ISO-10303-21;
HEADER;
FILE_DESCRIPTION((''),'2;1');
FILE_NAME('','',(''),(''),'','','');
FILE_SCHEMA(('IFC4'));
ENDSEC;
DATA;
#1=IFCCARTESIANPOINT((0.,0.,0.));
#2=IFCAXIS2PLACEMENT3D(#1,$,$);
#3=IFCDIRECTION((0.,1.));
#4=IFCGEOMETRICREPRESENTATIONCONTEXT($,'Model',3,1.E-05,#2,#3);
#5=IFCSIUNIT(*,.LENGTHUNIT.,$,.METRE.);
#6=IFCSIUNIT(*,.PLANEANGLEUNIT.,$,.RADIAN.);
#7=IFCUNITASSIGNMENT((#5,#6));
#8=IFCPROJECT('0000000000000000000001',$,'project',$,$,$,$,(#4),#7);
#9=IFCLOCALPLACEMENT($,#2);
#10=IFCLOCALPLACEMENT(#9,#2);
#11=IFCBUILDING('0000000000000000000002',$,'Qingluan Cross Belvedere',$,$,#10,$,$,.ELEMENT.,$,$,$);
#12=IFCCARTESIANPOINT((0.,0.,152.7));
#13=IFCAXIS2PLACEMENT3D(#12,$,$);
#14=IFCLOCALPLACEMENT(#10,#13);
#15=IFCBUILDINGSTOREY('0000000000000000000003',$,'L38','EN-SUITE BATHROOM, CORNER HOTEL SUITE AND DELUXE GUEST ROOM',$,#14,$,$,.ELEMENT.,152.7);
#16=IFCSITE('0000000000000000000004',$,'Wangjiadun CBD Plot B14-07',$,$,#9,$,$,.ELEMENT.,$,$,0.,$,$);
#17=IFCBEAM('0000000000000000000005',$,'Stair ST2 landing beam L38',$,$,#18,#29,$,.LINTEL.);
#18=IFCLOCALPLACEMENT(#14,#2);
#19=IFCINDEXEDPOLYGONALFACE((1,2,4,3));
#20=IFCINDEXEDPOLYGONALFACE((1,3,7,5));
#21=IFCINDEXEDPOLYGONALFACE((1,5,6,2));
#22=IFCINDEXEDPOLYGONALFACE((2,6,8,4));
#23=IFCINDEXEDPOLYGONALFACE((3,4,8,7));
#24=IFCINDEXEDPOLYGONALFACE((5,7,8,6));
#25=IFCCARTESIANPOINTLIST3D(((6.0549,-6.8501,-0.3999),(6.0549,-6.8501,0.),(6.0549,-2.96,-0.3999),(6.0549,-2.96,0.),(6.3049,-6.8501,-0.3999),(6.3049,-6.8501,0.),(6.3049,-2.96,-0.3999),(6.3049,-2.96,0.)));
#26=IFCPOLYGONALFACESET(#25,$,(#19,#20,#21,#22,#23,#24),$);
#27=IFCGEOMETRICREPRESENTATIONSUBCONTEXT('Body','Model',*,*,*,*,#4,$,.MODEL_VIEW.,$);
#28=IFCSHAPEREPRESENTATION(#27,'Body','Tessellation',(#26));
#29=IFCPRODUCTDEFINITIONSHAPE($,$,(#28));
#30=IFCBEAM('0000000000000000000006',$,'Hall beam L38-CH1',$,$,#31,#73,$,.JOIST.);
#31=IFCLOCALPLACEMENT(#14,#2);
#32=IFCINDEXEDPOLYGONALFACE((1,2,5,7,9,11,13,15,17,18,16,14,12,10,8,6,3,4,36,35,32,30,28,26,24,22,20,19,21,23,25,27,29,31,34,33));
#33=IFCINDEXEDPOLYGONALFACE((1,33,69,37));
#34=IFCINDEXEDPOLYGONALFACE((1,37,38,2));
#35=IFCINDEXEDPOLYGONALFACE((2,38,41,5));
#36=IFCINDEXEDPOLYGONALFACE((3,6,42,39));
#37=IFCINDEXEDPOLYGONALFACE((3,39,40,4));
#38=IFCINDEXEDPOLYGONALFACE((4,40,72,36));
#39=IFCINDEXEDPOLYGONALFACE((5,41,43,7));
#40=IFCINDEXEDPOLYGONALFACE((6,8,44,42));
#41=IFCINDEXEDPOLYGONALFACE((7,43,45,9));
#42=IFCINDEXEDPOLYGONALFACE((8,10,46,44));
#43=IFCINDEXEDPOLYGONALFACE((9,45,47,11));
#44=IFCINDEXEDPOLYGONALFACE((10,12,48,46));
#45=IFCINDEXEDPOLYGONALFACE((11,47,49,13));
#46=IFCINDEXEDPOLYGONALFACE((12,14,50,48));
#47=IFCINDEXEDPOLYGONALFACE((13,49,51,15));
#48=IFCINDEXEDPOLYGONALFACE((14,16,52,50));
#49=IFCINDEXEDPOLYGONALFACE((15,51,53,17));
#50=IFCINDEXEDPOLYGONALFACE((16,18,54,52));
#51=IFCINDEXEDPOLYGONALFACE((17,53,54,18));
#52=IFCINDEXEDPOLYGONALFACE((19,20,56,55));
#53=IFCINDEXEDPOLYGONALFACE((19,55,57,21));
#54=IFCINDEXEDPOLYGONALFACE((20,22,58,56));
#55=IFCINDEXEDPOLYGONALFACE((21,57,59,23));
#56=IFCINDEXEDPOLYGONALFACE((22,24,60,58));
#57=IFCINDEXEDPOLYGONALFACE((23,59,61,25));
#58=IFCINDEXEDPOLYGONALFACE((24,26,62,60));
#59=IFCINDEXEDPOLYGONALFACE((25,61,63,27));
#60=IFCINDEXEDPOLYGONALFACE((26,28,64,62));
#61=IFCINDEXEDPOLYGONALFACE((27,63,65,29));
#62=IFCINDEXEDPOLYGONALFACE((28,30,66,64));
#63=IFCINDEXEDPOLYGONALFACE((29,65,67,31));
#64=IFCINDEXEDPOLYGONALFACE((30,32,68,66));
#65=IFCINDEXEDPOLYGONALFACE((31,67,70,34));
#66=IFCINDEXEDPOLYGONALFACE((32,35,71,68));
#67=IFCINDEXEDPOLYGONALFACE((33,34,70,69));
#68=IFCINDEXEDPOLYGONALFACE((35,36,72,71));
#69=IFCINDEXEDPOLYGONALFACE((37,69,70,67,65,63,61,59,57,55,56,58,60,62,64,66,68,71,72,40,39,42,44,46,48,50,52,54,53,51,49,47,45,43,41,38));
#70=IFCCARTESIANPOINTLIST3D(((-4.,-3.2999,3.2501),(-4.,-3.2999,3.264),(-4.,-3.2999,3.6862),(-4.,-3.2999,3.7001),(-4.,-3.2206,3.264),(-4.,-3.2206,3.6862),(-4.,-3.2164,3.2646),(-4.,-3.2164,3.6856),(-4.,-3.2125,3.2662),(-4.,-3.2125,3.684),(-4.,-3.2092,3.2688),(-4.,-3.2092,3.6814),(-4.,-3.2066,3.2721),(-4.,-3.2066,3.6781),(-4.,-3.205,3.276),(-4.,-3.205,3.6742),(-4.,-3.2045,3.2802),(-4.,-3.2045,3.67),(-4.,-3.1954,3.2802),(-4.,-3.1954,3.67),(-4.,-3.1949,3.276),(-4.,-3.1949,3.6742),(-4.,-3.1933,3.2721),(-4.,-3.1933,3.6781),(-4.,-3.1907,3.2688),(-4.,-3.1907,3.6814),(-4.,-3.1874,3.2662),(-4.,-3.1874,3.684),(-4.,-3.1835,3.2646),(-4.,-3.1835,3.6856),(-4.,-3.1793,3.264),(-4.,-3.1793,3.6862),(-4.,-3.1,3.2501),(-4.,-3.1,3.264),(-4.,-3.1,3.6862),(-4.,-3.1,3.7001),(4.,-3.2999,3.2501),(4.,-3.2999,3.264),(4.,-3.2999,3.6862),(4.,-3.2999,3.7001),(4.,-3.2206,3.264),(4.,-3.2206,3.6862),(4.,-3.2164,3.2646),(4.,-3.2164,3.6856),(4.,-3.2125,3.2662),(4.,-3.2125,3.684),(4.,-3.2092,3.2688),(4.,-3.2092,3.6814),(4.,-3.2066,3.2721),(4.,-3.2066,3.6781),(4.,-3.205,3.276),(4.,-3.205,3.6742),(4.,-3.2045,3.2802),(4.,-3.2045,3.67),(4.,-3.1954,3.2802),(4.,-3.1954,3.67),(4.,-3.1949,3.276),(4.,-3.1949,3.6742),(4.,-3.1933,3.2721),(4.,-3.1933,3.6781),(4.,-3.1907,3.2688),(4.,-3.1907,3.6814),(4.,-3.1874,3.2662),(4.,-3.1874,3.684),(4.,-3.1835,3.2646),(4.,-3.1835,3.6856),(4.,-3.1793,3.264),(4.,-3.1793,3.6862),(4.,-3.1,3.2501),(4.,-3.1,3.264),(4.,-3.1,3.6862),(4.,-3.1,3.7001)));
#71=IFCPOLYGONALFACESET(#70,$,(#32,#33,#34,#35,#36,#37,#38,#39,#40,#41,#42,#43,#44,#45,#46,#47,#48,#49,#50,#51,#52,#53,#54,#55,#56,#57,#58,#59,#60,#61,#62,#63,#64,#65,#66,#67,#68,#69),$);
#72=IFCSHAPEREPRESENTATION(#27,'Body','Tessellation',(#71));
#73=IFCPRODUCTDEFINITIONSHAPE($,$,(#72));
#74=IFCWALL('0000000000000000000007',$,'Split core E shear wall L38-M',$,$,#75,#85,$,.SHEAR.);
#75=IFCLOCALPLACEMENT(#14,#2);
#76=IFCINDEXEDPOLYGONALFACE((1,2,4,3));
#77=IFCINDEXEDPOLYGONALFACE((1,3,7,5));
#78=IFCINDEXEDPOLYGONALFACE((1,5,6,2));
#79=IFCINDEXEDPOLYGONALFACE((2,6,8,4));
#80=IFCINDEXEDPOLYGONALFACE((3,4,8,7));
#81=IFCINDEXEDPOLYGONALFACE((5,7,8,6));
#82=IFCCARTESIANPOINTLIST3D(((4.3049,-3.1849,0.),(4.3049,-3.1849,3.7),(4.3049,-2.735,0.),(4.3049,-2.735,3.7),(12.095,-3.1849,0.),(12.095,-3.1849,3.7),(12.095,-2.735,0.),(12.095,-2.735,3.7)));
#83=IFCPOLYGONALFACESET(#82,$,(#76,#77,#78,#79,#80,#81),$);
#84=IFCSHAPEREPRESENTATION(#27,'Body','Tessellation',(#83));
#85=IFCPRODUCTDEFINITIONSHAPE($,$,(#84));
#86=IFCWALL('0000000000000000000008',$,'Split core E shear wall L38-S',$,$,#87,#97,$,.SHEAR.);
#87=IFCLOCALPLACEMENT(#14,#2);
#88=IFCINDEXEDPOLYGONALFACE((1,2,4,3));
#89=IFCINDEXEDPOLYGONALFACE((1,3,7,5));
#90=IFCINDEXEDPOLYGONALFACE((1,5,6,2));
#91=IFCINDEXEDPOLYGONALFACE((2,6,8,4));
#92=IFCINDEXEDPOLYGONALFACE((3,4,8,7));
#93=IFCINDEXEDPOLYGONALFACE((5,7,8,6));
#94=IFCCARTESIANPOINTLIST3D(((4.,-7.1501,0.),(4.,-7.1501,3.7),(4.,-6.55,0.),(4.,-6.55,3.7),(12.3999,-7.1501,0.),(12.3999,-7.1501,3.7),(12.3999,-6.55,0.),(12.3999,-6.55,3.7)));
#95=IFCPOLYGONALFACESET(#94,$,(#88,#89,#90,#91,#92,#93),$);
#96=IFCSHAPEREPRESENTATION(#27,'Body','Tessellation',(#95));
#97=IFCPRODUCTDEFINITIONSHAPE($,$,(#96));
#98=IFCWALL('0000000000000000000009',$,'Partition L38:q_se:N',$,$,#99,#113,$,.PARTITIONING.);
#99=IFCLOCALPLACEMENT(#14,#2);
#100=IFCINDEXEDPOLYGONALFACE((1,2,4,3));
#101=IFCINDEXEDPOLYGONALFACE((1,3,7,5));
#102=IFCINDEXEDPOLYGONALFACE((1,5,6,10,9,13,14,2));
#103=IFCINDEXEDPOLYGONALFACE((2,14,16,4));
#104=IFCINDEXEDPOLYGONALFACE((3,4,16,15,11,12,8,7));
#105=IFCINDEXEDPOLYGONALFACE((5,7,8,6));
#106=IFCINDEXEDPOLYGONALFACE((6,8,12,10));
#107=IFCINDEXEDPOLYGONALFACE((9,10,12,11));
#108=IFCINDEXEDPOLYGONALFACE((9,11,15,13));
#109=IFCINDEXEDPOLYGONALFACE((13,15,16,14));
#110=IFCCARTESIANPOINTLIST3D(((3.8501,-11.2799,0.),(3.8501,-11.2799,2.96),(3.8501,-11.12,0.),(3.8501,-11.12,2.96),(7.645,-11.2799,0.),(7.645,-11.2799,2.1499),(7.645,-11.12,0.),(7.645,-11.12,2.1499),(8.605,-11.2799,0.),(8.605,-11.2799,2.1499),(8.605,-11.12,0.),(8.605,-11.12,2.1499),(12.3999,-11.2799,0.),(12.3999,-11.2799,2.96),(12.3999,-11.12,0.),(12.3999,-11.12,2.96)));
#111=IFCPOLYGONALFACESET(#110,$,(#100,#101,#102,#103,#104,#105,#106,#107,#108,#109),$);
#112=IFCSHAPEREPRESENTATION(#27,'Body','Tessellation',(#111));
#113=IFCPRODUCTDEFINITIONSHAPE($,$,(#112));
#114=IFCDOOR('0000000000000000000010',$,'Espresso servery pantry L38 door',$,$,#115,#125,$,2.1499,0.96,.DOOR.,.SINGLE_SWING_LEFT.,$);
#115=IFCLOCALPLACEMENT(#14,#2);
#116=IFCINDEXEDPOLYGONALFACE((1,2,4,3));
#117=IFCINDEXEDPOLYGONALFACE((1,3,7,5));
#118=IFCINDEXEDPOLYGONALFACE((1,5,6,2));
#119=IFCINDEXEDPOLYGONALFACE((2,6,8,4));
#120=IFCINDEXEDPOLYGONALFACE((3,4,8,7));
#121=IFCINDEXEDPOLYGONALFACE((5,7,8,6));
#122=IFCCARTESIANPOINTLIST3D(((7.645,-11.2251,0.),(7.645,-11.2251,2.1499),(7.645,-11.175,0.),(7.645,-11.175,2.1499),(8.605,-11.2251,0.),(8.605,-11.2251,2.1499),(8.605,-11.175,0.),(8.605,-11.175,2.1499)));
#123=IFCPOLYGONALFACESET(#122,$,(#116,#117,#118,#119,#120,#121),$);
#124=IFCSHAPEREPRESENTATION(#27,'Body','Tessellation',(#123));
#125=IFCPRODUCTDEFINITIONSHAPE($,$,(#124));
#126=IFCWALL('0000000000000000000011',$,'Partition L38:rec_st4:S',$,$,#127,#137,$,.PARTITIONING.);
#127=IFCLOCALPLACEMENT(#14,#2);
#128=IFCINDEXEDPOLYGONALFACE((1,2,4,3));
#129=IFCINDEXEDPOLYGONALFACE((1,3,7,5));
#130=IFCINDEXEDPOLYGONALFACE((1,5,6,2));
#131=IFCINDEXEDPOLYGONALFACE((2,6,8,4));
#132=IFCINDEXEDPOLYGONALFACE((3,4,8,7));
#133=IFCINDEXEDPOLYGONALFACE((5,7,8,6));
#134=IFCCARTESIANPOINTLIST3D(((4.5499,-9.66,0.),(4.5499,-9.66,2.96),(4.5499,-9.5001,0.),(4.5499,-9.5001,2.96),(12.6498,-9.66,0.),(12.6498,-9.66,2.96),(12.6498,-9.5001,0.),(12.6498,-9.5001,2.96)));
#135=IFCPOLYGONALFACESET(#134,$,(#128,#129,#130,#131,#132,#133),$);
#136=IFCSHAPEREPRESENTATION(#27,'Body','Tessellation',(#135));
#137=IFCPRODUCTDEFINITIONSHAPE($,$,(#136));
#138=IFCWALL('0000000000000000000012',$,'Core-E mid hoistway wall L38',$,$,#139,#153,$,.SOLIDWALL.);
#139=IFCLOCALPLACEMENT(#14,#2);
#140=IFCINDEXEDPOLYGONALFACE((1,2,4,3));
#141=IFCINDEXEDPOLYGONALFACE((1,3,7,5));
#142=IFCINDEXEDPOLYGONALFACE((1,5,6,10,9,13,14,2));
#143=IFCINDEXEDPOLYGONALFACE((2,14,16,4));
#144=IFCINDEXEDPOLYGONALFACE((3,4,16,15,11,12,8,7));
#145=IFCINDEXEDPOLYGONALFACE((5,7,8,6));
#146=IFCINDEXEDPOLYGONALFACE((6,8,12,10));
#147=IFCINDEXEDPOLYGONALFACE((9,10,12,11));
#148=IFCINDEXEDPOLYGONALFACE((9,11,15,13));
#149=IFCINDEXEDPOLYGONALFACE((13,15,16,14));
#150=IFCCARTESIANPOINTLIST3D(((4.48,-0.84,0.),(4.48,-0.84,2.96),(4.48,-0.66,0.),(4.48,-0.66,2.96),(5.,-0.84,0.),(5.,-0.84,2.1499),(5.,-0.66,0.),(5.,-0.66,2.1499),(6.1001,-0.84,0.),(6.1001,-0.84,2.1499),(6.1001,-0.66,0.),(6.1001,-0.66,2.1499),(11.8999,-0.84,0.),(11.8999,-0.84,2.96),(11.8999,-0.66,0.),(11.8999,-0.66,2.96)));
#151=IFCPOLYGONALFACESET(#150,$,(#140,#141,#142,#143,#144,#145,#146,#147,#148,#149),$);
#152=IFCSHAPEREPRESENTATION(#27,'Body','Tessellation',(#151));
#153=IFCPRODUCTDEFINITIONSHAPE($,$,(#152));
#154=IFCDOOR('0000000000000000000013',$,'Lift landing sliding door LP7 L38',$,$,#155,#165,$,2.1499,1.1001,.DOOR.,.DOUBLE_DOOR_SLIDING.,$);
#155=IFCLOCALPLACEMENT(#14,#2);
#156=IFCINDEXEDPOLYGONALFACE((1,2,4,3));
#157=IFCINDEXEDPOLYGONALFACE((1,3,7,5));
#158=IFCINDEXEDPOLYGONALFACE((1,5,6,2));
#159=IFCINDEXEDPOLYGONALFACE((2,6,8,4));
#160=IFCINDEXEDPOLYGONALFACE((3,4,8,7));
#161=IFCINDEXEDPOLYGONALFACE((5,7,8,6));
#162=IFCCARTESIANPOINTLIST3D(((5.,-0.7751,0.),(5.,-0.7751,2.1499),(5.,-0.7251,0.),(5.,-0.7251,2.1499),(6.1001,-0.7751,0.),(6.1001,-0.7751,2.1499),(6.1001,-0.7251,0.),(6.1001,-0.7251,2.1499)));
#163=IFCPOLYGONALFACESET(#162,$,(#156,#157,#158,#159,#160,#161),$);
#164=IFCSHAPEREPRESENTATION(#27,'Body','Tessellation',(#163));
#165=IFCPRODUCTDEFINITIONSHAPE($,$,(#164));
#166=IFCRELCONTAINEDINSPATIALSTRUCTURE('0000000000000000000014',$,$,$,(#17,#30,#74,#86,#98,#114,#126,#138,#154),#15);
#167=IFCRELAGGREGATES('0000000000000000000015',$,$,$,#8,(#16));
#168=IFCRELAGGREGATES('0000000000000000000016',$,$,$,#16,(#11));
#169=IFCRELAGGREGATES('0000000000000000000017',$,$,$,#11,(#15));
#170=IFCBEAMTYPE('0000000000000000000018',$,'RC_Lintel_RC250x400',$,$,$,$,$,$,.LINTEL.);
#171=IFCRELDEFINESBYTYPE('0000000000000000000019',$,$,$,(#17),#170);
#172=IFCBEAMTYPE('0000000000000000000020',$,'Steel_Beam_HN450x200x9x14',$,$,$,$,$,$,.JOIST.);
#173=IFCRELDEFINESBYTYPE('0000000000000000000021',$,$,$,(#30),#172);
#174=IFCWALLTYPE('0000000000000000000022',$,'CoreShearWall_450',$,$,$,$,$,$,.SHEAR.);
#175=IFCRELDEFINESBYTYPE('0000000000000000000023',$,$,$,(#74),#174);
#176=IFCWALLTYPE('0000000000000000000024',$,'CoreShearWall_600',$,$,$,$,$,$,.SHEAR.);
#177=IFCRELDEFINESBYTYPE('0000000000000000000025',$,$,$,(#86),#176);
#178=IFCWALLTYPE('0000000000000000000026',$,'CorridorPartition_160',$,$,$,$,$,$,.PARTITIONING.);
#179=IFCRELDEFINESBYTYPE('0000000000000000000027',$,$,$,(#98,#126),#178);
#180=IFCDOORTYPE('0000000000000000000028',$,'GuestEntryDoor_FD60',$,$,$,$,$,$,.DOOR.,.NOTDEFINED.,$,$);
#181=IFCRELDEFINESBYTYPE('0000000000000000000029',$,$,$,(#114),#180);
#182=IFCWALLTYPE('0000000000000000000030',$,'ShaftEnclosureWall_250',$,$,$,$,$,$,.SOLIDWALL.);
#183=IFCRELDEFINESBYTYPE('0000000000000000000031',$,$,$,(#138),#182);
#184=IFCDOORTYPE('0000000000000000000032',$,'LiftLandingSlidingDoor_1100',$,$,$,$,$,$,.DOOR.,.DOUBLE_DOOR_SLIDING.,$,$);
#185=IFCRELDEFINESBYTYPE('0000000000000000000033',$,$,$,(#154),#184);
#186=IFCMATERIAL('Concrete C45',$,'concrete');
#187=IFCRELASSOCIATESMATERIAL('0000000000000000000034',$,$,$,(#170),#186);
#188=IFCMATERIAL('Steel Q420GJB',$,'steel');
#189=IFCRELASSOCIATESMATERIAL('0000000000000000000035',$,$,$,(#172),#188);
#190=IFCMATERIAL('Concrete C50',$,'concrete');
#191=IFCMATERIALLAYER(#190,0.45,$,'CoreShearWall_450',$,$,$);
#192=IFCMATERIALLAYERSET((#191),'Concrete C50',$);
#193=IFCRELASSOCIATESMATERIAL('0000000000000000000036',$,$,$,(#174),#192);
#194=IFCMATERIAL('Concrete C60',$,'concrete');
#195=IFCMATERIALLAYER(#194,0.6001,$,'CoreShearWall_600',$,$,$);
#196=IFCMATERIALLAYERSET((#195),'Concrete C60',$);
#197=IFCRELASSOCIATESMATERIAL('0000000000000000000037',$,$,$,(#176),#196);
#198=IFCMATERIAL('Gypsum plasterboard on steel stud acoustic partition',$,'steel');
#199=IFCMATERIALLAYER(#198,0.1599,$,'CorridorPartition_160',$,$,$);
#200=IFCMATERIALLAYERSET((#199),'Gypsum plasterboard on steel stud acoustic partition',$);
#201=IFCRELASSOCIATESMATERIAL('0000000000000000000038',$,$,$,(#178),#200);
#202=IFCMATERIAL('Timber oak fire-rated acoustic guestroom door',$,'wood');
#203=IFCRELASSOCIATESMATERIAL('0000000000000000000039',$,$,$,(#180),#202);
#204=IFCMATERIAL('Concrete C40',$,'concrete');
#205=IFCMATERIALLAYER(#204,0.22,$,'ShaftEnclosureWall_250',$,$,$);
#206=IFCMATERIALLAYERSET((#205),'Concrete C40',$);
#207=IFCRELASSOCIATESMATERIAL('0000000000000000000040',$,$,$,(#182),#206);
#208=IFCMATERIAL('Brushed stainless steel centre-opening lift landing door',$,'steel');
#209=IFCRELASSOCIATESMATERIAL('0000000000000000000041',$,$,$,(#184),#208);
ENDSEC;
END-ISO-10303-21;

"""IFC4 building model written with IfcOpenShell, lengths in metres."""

from ifc_helpers import new_model, si_unit, direction, frame, frame_2d, origin, origin_2d, place, context, subcontext, project, spatial, rectangle, i_section, extrude, material, layer, layer_set, material_profile, profile_set, type_object, element, fill, save


model = new_model("IFC4")

# Units and contexts
model_context = context("Model", 3, precision=1e-05, world=origin(), true_north=direction((0.0, 1.0)))
body_context = subcontext(model_context, "Body", "Model", "MODEL_VIEW")
ifc_project = project(units=[si_unit("LENGTHUNIT", "METRE"), si_unit("PLANEANGLEUNIT", "RADIAN")], contexts=[model_context])

# Site, building, storey
site_placement = place(None, origin())
site = spatial("IfcSite", under=ifc_project, at=site_placement, Name="Wangjiadun CBD Plot B14-07", CompositionType="ELEMENT", RefElevation=0.0)
building_placement = place(site_placement, origin())
building = spatial("IfcBuilding", under=site, at=building_placement, Name="Qingluan Cross Belvedere", CompositionType="ELEMENT")
storey_placement = place(building_placement, frame((0.0, 0.0, 152.7)))
storey = spatial("IfcBuildingStorey", under=building, at=storey_placement, Name="L38", Description="EN-SUITE BATHROOM, CORNER HOTEL SUITE AND DELUXE GUEST ROOM", CompositionType="ELEMENT", Elevation=152.7)

# Beams
ifc_material_1 = material(Name="Concrete C45", Category="concrete")
ifc_material_profile_1 = material_profile(ifc_material_1, rectangle(XDim=0.25, YDim=0.3999, at=origin_2d()), Name="RC250x400")
ifc_profile_set_1 = profile_set([ifc_material_profile_1], Name="Concrete C45")
beam_type_1 = type_object("IfcBeamType", Name="RC_Lintel_RC250x400", PredefinedType="LINTEL", material=ifc_profile_set_1)
beam_1_placement = place(storey_placement, frame((6.1799, -6.8501, -0.2), z_axis=(0.0, 1.0, 0.0), x_axis=(-1.0, 0.0, 0.0)))
element("IfcBeam", 1, at=beam_1_placement, inside=storey, type_object=beam_type_1, Name="Stair ST2 landing beam L38", PredefinedType="LINTEL", context=body_context, shape_type="SweptSolid", body=[
    extrude(rectangle(XDim=0.25, YDim=0.3999, at=origin_2d()), origin(), (0.0, 0.0, 1.0), 3.8901),
])
ifc_material_2 = material(Name="Steel Q420GJB", Category="steel")
ifc_material_profile_2 = material_profile(ifc_material_2, i_section(OverallWidth=0.2, OverallDepth=0.45, WebThickness=0.009, FlangeThickness=0.0139, FilletRadius=0.0161, at=origin_2d()), Name="HN450x200x9x14")
ifc_profile_set_2 = profile_set([ifc_material_profile_2], Name="Steel Q420GJB")
beam_type_2 = type_object("IfcBeamType", Name="Steel_Beam_HN450x200x9x14", PredefinedType="JOIST", material=ifc_profile_set_2)
beam_2_placement = place(storey_placement, frame((-4.0, -3.2, 3.4751), z_axis=(1.0, 0.0, 0.0), x_axis=(0.0, 1.0, 0.0)))
element("IfcBeam", 2, at=beam_2_placement, inside=storey, type_object=beam_type_2, Name="Hall beam L38-CH1", PredefinedType="JOIST", context=body_context, shape_type="SweptSolid", body=[
    extrude(i_section(OverallWidth=0.2, OverallDepth=0.45, WebThickness=0.009, FlangeThickness=0.0139, FilletRadius=0.0161, at=origin_2d()), origin(), (0.0, 0.0, 1.0), 8.0),
])

# Wall
ifc_material_3 = material(Name="Concrete C50", Category="concrete")
ifc_layer_1 = layer(ifc_material_3, 0.45, Name="CoreShearWall_450")
ifc_layer_set_1 = layer_set([ifc_layer_1], Name="Concrete C50")
wall_type_1 = type_object("IfcWallType", Name="CoreShearWall_450", PredefinedType="SHEAR", material=ifc_layer_set_1)
wall_1_placement = place(storey_placement, frame((4.3049, -2.96, 0.0), z_axis=(0.0, 0.0, 1.0), x_axis=(1.0, 0.0, 0.0)))
element("IfcWall", 3, at=wall_1_placement, inside=storey, type_object=wall_type_1, Name="Split core E shear wall L38-M", PredefinedType="SHEAR", context=body_context, shape_type="SweptSolid", body=[
    extrude(rectangle(XDim=7.79, YDim=0.45, at=frame_2d((3.895, 0.0))), origin(), (0.0, 0.0, 1.0), 3.7),
])

# Shared definitions
ifc_material_4 = material(Name="Concrete C60", Category="concrete")
ifc_layer_2 = layer(ifc_material_4, 0.6001, Name="CoreShearWall_600")
ifc_layer_set_2 = layer_set([ifc_layer_2], Name="Concrete C60")
wall_type_2 = type_object("IfcWallType", Name="CoreShearWall_600", PredefinedType="SHEAR", material=ifc_layer_set_2)

# Wall
wall_2_placement = place(storey_placement, frame((4.0, -6.8501, 0.0), z_axis=(0.0, 0.0, 1.0), x_axis=(1.0, 0.0, 0.0)))
element("IfcWall", 4, at=wall_2_placement, inside=storey, type_object=wall_type_2, Name="Split core E shear wall L38-S", PredefinedType="SHEAR", context=body_context, shape_type="SweptSolid", body=[
    extrude(rectangle(XDim=8.3999, YDim=0.6001, at=frame_2d((4.2, 0.0))), origin(), (0.0, 0.0, 1.0), 3.7),
])

# Wall, opening, door
ifc_material_5 = material(Name="Gypsum plasterboard on steel stud acoustic partition", Category="steel")
ifc_layer_3 = layer(ifc_material_5, 0.1599, Name="CorridorPartition_160")
ifc_layer_set_3 = layer_set([ifc_layer_3], Name="Gypsum plasterboard on steel stud acoustic partition")
wall_type_3 = type_object("IfcWallType", Name="CorridorPartition_160", PredefinedType="PARTITIONING", material=ifc_layer_set_3)
wall_3_placement = place(storey_placement, frame((3.8501, -11.2, 0.0), z_axis=(0.0, 0.0, 1.0), x_axis=(1.0, 0.0, 0.0)))
wall_3 = element("IfcWall", 5, at=wall_3_placement, inside=storey, type_object=wall_type_3, Name="Partition L38:q_se:N", PredefinedType="PARTITIONING", context=body_context, shape_type="SweptSolid", body=[
    extrude(rectangle(XDim=8.5498, YDim=0.1599, at=frame_2d((4.2749, 0.0))), origin(), (0.0, 0.0, 1.0), 2.96),
])
opening_1_placement = place(wall_3_placement, frame((3.7949, 0.0, 0.0)))
opening_1 = element("IfcOpeningElement", 6, at=opening_1_placement, cuts=wall_3, PredefinedType="OPENING", context=body_context, shape_type="SweptSolid", body=[
    extrude(rectangle(XDim=0.96, YDim=2.1499, at=frame_2d((0.48, 1.075))), frame((0.0, 0.0898, 0.0), z_axis=(0.0, -1.0, 0.0), x_axis=(1.0, 0.0, 0.0)), (0.0, 0.0, 1.0), 0.1799),
])
ifc_material_6 = material(Name="Timber oak fire-rated acoustic guestroom door", Category="wood")
door_type_1 = type_object("IfcDoorType", Name="GuestEntryDoor_FD60", OperationType="NOTDEFINED", PredefinedType="DOOR", material=ifc_material_6)
door_1_placement = place(opening_1_placement, origin())
door_1 = element("IfcDoor", 7, at=door_1_placement, inside=storey, type_object=door_type_1, Name="Espresso servery pantry L38 door", OperationType="SINGLE_SWING_LEFT", OverallHeight=2.1499, OverallWidth=0.96, PredefinedType="DOOR", context=body_context, shape_type="SweptSolid", body=[
    extrude(rectangle(XDim=0.96, YDim=2.1499, at=frame_2d((0.48, 1.075))), frame((0.0, 0.0249, 0.0), z_axis=(0.0, -1.0, 0.0), x_axis=(1.0, 0.0, 0.0)), (0.0, 0.0, 1.0), 0.05),
])
fill(opening_1, door_1)

# Wall
wall_4_placement = place(storey_placement, frame((4.55, -9.5801, 0.0), z_axis=(0.0, 0.0, 1.0), x_axis=(1.0, 0.0, 0.0)))
element("IfcWall", 8, at=wall_4_placement, inside=storey, type_object=wall_type_3, Name="Partition L38:rec_st4:S", PredefinedType="PARTITIONING", context=body_context, shape_type="SweptSolid", body=[
    extrude(rectangle(XDim=8.0999, YDim=0.1599, at=frame_2d((4.0498, 0.0))), origin(), (0.0, 0.0, 1.0), 2.96),
])

# Wall, opening, door
ifc_material_7 = material(Name="Concrete C40", Category="concrete")
ifc_layer_4 = layer(ifc_material_7, 0.22, Name="ShaftEnclosureWall_250")
ifc_layer_set_4 = layer_set([ifc_layer_4], Name="Concrete C40")
wall_type_4 = type_object("IfcWallType", Name="ShaftEnclosureWall_250", PredefinedType="SOLIDWALL", material=ifc_layer_set_4)
wall_5_placement = place(storey_placement, frame((4.48, -0.75, 0.0), z_axis=(0.0, 0.0, 1.0), x_axis=(1.0, 0.0, 0.0)))
wall_5 = element("IfcWall", 9, at=wall_5_placement, inside=storey, type_object=wall_type_4, Name="Core-E mid hoistway wall L38", PredefinedType="SOLIDWALL", context=body_context, shape_type="SweptSolid", body=[
    extrude(rectangle(XDim=7.4199, YDim=0.1799, at=frame_2d((3.71, 0.0))), origin(), (0.0, 0.0, 1.0), 2.96),
])
opening_2_placement = place(wall_5_placement, frame((0.52, 0.0, 0.0)))
opening_2 = element("IfcOpeningElement", 10, at=opening_2_placement, cuts=wall_5, PredefinedType="OPENING", context=body_context, shape_type="SweptSolid", body=[
    extrude(rectangle(XDim=1.1001, YDim=2.1499, at=frame_2d((0.55, 1.075))), frame((0.0, 0.0999, 0.0), z_axis=(0.0, -1.0, 0.0), x_axis=(1.0, 0.0, 0.0)), (0.0, 0.0, 1.0), 0.2),
])
ifc_material_8 = material(Name="Brushed stainless steel centre-opening lift landing door", Category="steel")
door_type_2 = type_object("IfcDoorType", Name="LiftLandingSlidingDoor_1100", OperationType="DOUBLE_DOOR_SLIDING", PredefinedType="DOOR", material=ifc_material_8)
door_2_placement = place(opening_2_placement, origin())
door_2 = element("IfcDoor", 11, at=door_2_placement, inside=storey, type_object=door_type_2, Name="Lift landing sliding door LP7 L38", OperationType="DOUBLE_DOOR_SLIDING", OverallHeight=2.1499, OverallWidth=1.1001, PredefinedType="DOOR", context=body_context, shape_type="SweptSolid", body=[
    extrude(rectangle(XDim=1.1001, YDim=2.1499, at=frame_2d((0.55, 1.075))), frame((0.0, 0.0249, 0.0), z_axis=(0.0, -1.0, 0.0), x_axis=(1.0, 0.0, 0.0)), (0.0, 0.0, 1.0), 0.05),
])
fill(opening_2, door_2)

save(model, "model.ifc")
